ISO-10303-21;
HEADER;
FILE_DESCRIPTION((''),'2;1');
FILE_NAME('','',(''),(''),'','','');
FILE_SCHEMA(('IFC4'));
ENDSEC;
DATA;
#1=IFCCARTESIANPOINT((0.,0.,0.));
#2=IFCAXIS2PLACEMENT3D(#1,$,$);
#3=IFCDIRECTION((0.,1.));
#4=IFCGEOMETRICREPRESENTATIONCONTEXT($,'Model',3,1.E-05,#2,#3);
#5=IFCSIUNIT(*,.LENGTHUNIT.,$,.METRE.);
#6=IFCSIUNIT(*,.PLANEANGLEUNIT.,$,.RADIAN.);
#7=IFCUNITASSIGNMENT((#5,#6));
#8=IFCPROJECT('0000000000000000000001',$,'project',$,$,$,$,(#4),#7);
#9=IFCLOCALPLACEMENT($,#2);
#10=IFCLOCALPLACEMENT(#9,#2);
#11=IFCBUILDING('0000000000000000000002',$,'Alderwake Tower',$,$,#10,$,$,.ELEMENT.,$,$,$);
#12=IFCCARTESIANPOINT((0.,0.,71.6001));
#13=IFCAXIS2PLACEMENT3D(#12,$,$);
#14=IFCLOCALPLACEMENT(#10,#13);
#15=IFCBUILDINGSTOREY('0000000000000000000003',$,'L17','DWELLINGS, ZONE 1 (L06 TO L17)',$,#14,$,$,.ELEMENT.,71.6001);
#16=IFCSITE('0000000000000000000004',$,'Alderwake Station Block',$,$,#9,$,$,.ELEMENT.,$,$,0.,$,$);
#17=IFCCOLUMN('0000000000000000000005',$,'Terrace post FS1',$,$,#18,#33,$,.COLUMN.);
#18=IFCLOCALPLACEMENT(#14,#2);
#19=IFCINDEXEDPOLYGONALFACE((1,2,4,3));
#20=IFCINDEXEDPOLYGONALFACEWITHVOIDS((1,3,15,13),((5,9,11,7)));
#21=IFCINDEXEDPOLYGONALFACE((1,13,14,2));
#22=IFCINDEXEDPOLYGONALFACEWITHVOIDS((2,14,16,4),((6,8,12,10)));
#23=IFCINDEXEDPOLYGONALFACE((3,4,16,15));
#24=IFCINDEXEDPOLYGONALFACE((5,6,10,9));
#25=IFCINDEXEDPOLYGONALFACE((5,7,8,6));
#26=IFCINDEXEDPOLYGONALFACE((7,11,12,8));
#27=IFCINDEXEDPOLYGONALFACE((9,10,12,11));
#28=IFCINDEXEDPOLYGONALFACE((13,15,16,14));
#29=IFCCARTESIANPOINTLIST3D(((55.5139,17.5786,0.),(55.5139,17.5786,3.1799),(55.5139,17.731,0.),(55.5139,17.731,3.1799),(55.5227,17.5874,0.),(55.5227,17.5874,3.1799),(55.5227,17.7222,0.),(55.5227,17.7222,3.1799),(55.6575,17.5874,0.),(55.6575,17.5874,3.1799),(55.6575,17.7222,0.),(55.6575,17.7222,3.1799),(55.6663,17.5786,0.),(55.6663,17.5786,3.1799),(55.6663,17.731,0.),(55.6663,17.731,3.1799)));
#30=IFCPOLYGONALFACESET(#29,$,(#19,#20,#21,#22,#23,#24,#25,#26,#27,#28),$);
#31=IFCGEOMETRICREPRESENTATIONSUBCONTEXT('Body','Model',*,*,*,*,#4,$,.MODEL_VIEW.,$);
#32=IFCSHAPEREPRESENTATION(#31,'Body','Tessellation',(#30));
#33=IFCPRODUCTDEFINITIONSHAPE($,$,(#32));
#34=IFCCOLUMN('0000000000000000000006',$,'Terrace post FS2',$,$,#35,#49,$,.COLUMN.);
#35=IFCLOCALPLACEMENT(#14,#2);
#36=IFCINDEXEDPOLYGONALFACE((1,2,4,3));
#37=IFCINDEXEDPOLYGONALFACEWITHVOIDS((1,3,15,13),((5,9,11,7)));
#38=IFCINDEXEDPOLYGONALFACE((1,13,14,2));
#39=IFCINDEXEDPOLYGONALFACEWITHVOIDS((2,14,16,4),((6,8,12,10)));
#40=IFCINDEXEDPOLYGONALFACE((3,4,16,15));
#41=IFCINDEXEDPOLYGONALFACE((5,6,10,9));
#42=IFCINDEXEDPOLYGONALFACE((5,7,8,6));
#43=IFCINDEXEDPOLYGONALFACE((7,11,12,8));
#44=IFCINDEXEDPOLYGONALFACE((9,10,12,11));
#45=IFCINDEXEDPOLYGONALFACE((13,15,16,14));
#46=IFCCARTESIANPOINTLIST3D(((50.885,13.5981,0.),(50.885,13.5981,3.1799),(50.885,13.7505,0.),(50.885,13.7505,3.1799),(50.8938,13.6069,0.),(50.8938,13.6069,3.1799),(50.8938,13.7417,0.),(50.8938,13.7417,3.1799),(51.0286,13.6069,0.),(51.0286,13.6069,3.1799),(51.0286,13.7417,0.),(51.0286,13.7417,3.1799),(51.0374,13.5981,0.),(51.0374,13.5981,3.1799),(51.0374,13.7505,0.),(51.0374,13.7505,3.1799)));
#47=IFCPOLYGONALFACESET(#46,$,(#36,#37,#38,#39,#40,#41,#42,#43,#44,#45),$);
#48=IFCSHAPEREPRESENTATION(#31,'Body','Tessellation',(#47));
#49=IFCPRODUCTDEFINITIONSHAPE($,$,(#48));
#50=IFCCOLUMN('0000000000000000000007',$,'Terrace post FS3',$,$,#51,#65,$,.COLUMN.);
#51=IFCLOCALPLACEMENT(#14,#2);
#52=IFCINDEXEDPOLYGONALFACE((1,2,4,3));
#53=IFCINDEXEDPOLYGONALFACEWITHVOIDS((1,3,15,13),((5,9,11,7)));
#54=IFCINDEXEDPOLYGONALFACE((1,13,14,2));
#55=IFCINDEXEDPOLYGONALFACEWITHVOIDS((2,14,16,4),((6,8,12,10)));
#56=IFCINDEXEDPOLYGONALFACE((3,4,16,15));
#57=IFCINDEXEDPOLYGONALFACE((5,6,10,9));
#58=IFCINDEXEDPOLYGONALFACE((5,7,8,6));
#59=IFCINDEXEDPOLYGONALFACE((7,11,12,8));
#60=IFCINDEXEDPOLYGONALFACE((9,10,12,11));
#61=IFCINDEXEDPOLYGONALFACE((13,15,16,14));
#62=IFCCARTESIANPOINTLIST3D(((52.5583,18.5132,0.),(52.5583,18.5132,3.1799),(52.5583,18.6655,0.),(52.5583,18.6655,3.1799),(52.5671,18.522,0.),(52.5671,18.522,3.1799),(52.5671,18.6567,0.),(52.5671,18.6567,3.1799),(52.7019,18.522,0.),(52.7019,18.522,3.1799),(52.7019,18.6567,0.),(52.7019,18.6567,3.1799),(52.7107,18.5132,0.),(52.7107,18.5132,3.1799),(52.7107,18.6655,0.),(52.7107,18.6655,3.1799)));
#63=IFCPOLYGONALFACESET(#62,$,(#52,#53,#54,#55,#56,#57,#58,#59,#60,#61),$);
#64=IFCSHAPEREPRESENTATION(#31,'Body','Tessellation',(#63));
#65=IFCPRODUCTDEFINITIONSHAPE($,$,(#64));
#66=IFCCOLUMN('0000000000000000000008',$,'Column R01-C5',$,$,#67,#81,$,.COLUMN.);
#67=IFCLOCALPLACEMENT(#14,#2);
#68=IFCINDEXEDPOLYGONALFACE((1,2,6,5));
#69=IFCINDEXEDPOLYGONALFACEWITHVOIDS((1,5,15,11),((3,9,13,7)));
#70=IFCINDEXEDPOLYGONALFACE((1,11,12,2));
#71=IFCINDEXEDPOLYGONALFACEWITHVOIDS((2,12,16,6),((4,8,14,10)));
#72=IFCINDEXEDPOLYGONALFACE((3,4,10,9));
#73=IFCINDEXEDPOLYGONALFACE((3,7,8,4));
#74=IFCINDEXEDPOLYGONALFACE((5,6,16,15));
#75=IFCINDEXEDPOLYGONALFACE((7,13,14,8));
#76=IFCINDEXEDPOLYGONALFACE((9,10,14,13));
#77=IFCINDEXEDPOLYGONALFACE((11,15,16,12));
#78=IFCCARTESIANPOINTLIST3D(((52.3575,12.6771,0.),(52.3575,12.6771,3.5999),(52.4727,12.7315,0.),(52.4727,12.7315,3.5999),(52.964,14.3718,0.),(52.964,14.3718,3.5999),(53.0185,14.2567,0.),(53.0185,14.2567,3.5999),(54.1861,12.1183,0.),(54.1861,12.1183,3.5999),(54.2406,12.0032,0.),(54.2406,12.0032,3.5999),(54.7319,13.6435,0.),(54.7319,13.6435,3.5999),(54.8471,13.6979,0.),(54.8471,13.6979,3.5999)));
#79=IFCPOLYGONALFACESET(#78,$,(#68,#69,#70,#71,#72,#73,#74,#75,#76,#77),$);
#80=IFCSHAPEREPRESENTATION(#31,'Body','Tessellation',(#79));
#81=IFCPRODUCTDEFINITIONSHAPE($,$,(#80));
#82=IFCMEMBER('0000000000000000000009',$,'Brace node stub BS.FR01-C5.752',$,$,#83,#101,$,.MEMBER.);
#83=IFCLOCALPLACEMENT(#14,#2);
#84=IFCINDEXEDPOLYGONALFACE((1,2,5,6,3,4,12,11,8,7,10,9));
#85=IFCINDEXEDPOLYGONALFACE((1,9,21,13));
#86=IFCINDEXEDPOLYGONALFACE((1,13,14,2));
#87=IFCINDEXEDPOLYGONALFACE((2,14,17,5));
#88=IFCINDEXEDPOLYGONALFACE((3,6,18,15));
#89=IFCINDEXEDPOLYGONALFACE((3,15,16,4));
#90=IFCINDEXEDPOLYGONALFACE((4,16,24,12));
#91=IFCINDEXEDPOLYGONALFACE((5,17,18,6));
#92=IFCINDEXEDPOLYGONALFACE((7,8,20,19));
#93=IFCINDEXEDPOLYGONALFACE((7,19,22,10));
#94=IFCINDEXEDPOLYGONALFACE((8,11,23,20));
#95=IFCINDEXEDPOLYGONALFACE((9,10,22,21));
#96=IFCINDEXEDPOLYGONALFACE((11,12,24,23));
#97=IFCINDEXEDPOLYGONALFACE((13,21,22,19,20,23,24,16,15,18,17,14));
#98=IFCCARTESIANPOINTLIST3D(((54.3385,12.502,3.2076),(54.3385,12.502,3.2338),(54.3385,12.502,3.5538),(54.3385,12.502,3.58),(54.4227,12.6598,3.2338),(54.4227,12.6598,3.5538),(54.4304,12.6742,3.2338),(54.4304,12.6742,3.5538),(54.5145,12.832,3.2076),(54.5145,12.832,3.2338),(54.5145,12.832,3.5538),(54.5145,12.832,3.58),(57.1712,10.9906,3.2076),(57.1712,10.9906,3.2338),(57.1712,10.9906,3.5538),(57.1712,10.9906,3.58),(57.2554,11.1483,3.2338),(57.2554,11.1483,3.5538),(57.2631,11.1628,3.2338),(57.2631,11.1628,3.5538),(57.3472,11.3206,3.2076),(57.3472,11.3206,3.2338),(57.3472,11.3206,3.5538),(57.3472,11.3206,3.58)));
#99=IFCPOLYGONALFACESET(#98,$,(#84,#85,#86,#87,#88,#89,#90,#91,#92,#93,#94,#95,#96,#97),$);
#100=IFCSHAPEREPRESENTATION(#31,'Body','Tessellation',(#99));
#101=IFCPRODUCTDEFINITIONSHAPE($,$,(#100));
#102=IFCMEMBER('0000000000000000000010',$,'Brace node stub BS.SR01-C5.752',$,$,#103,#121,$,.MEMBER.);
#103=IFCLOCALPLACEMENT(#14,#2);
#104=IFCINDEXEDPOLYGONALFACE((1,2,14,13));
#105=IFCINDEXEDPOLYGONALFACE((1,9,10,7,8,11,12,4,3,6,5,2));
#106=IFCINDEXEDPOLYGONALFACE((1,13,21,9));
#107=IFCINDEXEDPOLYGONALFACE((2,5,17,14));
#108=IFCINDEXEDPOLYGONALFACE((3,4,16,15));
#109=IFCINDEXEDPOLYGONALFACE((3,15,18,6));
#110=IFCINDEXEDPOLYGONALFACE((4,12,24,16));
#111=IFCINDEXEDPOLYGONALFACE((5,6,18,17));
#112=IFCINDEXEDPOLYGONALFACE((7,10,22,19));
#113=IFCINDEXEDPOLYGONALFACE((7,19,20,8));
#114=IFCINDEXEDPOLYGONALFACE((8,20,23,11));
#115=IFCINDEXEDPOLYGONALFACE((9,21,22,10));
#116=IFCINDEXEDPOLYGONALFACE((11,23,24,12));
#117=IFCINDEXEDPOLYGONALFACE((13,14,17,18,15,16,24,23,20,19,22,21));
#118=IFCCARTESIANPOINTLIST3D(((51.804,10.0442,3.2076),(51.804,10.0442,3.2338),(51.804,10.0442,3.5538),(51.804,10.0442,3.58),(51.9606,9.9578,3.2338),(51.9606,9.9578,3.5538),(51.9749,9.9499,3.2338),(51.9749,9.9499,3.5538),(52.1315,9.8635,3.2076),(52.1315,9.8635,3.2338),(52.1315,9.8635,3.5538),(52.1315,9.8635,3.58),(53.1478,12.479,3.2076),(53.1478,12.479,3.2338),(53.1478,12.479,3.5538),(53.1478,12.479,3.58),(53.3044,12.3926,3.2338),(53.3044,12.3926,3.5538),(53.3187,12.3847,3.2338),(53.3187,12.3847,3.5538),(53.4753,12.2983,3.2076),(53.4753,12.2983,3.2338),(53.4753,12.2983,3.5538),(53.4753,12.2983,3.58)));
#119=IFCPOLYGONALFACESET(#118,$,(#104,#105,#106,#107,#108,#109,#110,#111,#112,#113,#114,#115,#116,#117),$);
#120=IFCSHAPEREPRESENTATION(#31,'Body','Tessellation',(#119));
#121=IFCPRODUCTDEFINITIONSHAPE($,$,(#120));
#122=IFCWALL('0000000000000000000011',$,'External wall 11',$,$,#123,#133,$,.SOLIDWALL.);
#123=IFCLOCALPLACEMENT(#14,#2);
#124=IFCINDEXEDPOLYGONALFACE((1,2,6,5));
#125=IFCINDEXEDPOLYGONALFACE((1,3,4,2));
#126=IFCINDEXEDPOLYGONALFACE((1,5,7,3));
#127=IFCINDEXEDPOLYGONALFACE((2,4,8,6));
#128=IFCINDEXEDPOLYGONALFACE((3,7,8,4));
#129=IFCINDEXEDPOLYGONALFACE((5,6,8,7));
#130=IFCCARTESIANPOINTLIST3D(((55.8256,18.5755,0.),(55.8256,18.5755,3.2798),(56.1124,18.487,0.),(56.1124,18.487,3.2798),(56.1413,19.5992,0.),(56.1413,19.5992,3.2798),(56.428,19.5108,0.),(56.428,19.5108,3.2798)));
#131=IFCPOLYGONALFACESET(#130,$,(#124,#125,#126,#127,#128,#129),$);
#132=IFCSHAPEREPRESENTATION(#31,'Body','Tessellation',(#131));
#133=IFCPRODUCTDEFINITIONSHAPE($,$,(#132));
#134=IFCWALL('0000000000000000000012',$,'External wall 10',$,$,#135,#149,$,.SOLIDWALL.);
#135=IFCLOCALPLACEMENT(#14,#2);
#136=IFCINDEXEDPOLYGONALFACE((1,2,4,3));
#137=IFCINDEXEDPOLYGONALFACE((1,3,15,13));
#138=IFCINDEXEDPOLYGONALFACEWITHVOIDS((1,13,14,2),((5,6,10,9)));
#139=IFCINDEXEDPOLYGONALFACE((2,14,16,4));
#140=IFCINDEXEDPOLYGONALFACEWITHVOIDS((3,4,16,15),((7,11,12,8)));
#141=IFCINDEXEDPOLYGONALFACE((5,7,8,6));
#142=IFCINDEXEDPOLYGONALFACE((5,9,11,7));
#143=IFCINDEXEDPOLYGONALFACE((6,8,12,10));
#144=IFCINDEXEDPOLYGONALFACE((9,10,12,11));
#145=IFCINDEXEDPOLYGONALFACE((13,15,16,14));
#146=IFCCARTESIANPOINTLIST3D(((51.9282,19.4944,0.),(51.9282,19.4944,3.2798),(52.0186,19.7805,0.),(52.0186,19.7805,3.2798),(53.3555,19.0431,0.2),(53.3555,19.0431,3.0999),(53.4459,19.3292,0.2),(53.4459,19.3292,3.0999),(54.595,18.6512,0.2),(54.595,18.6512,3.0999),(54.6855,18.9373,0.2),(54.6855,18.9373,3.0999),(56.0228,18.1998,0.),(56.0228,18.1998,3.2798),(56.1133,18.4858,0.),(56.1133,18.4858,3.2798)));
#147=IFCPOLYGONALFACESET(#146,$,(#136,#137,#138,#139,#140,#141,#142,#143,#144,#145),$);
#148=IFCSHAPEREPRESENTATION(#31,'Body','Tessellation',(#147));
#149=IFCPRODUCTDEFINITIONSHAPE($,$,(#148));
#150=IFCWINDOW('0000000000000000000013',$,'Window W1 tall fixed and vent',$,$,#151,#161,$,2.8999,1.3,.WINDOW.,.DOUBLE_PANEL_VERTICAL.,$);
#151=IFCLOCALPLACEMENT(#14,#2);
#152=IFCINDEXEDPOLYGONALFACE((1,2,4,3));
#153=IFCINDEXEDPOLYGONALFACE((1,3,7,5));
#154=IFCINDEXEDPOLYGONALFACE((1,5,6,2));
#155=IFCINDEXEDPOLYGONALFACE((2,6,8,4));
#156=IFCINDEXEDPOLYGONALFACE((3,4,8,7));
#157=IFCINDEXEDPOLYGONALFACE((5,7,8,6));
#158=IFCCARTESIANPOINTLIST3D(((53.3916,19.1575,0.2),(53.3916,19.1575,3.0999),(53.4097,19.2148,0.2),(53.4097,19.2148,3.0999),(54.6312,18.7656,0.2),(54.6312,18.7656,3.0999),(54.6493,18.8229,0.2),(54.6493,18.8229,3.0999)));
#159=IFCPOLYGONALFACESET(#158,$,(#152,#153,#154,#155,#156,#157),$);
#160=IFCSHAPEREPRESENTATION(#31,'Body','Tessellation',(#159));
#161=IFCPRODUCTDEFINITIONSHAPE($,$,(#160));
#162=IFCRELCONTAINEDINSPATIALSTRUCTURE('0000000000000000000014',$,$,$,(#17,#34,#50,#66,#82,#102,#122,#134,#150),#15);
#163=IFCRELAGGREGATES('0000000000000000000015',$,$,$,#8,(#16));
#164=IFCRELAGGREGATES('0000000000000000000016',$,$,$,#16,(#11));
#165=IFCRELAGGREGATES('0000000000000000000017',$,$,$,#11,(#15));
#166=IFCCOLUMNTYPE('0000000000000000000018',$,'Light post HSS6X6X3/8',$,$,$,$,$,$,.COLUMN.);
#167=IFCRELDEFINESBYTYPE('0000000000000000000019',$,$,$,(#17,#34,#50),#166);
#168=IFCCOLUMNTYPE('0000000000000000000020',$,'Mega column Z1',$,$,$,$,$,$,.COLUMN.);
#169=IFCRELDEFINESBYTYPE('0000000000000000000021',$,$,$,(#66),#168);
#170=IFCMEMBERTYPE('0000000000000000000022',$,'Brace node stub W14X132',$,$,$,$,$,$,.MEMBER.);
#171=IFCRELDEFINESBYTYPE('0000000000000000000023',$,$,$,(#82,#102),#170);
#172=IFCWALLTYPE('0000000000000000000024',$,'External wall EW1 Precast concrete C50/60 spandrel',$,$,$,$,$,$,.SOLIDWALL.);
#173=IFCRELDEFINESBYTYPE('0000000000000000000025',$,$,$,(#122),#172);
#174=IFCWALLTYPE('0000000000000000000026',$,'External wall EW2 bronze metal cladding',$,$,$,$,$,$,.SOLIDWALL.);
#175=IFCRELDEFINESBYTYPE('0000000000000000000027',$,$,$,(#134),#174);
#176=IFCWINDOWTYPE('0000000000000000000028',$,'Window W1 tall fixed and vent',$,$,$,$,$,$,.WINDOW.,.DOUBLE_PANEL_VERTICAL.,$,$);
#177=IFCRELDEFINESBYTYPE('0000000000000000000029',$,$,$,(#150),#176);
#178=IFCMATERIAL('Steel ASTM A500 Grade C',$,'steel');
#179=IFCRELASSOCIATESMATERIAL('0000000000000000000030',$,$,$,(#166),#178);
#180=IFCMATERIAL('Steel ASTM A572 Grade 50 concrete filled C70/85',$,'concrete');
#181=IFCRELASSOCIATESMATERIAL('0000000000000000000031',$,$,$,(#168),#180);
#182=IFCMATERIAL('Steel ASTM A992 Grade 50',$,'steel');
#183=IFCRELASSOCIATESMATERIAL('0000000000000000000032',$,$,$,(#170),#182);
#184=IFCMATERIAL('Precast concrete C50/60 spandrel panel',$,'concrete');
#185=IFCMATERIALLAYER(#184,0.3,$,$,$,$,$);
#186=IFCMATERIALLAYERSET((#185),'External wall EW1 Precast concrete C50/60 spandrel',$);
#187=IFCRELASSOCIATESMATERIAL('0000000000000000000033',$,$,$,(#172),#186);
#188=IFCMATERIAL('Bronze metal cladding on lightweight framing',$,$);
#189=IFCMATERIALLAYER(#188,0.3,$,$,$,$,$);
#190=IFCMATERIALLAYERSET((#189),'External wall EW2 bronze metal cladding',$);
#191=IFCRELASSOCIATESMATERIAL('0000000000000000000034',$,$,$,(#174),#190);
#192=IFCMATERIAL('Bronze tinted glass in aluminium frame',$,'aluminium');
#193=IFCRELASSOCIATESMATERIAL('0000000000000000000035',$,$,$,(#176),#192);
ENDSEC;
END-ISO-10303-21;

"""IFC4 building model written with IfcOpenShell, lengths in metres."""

from ifc_helpers import new_model, si_unit, direction, frame, frame_2d, origin, origin_2d, place, context, subcontext, project, spatial, rectangle, hollow_rectangle, i_section, extrude, material, layer, layer_set, material_profile, profile_set, type_object, element, fill, save


model = new_model("IFC4")

# Units and contexts
model_context = context("Model", 3, precision=1e-05, world=origin(), true_north=direction((0.0, 1.0)))
body_context = subcontext(model_context, "Body", "Model", "MODEL_VIEW")
ifc_project = project(units=[si_unit("LENGTHUNIT", "METRE"), si_unit("PLANEANGLEUNIT", "RADIAN")], contexts=[model_context])

# Site, building, storey
site_placement = place(None, origin())
site = spatial("IfcSite", under=ifc_project, at=site_placement, Name="Alderwake Station Block", CompositionType="ELEMENT", RefElevation=0.0)
building_placement = place(site_placement, origin())
building = spatial("IfcBuilding", under=site, at=building_placement, Name="Alderwake Tower", CompositionType="ELEMENT")
storey_placement = place(building_placement, frame((0.0, 0.0, 71.6001)))
storey = spatial("IfcBuildingStorey", under=building, at=storey_placement, Name="L17", Description="DWELLINGS, ZONE 1 (L06 TO L17)", CompositionType="ELEMENT", Elevation=71.6001)

# Columns
ifc_material_1 = material(Name="Steel ASTM A500 Grade C", Category="steel")
ifc_material_profile_1 = material_profile(ifc_material_1, hollow_rectangle(XDim=0.1523, YDim=0.1523, WallThickness=0.0088, at=origin_2d()), Name="HSS6X6X3/8")
ifc_profile_set_1 = profile_set([ifc_material_profile_1], Name="Steel ASTM A500 Grade C")
column_type_1 = type_object("IfcColumnType", Name="Light post HSS6X6X3/8", PredefinedType="COLUMN", material=ifc_profile_set_1)
for number, where, z_axis, x_axis, name in (
    (1, (55.5901, 17.6548, 0.0), (0.0, 0.0, 1.0), (1.0, 0.0, 0.0), "Terrace post FS1"),
    (2, (50.9612, 13.6743, 0.0), (0.0, 0.0, 1.0), (1.0, 0.0, 0.0), "Terrace post FS2"),
    (3, (52.6345, 18.5894, 0.0), (0.0, 0.0, 1.0), (1.0, 0.0, 0.0), "Terrace post FS3"),
):
    element("IfcColumn", number, at=place(storey_placement, frame(where, z_axis=z_axis, x_axis=x_axis)), inside=storey, type_object=column_type_1, Name=name, PredefinedType="COLUMN", context=body_context, shape_type="SweptSolid", body=[
        extrude(hollow_rectangle(XDim=0.1523, YDim=0.1523, WallThickness=0.0088, at=origin_2d()), origin(), (0.0, 0.0, 1.0), 3.1799),
    ])
ifc_material_2 = material(Name="Steel ASTM A572 Grade 50 concrete filled C70/85", Category="concrete")
ifc_material_profile_2 = material_profile(ifc_material_2, hollow_rectangle(XDim=1.8, YDim=2.0, WallThickness=0.0901, at=origin_2d()), Name="BOX 2000X1800X90")
ifc_profile_set_2 = profile_set([ifc_material_profile_2], Name="Steel ASTM A572 Grade 50 concrete filled C70/85")
column_type_2 = type_object("IfcColumnType", Name="Mega column Z1", PredefinedType="COLUMN", material=ifc_profile_set_2)
column_placement = place(storey_placement, frame((53.6023, 13.1875, 0.0), z_axis=(0.0, 0.0, 1.0), x_axis=(0.336946, 0.941524, 0.0)))
element("IfcColumn", 4, at=column_placement, inside=storey, type_object=column_type_2, Name="Column R01-C5", PredefinedType="COLUMN", context=body_context, shape_type="SweptSolid", body=[
    extrude(hollow_rectangle(XDim=1.8, YDim=2.0, WallThickness=0.0901, at=origin_2d()), origin(), (0.0, 0.0, 1.0), 3.5999),
])

# Members
ifc_material_3 = material(Name="Steel ASTM A992 Grade 50", Category="steel")
ifc_material_profile_3 = material_profile(ifc_material_3, i_section(OverallWidth=0.374, OverallDepth=0.3723, WebThickness=0.0164, FlangeThickness=0.0261, at=origin_2d()), Name="W14X132")
ifc_profile_set_3 = profile_set([ifc_material_profile_3], Name="Steel ASTM A992 Grade 50")
member_type = type_object("IfcMemberType", Name="Brace node stub W14X132", PredefinedType="MEMBER", material=ifc_profile_set_3)
member_1_placement = place(storey_placement, frame((54.4265, 12.667, 3.3938), z_axis=(0.882267, -0.47075, 0.0), x_axis=(0.47075, 0.882267, 0.0)))
element("IfcMember", 5, at=member_1_placement, inside=storey, type_object=member_type, Name="Brace node stub BS.FR01-C5.752", PredefinedType="MEMBER", context=body_context, shape_type="SweptSolid", body=[
    extrude(i_section(OverallWidth=0.374, OverallDepth=0.3723, WebThickness=0.0164, FlangeThickness=0.0261, at=origin_2d()), origin(), (0.0, 0.0, 1.0), 3.2107),
])
member_2_placement = place(storey_placement, frame((53.3115, 12.3887, 3.3938), z_axis=(-0.483189, -0.875516, 0.0), x_axis=(0.875516, -0.483189, 0.0)))
element("IfcMember", 6, at=member_2_placement, inside=storey, type_object=member_type, Name="Brace node stub BS.SR01-C5.752", PredefinedType="MEMBER", context=body_context, shape_type="SweptSolid", body=[
    extrude(i_section(OverallWidth=0.374, OverallDepth=0.3723, WebThickness=0.0164, FlangeThickness=0.0261, at=origin_2d()), origin(), (0.0, 0.0, 1.0), 2.781),
])

# Wall
ifc_material_4 = material(Name="Precast concrete C50/60 spandrel panel", Category="concrete")
ifc_layer_1 = layer(ifc_material_4, 0.3)
ifc_layer_set_1 = layer_set([ifc_layer_1], Name="External wall EW1 Precast concrete C50/60 spandrel")
wall_type_1 = type_object("IfcWallType", Name="External wall EW1 Precast concrete C50/60 spandrel", PredefinedType="SOLIDWALL", material=ifc_layer_set_1)
wall_1_placement = place(storey_placement, frame((55.969, 18.5312, 0.0), z_axis=(0.0, 0.0, 1.0), x_axis=(0.294678, 0.955597, 0.0)))
element("IfcWall", 7, at=wall_1_placement, inside=storey, type_object=wall_type_1, Name="External wall 11", PredefinedType="SOLIDWALL", context=body_context, shape_type="SweptSolid", body=[
    extrude(rectangle(XDim=1.0713, YDim=0.3, at=frame_2d((0.5356, 0.0))), origin(), (0.0, 0.0, 1.0), 3.2798),
])

# Shared definitions
ifc_material_5 = material(Name="Bronze metal cladding on lightweight framing")
ifc_layer_2 = layer(ifc_material_5, 0.3)
ifc_layer_set_2 = layer_set([ifc_layer_2], Name="External wall EW2 bronze metal cladding")
wall_type_2 = type_object("IfcWallType", Name="External wall EW2 bronze metal cladding", PredefinedType="SOLIDWALL", material=ifc_layer_set_2)
ifc_material_6 = material(Name="Bronze tinted glass in aluminium frame", Category="aluminium")
window_type = type_object("IfcWindowType", Name="Window W1 tall fixed and vent", PartitioningType="DOUBLE_PANEL_VERTICAL", PredefinedType="WINDOW", material=ifc_material_6)

# Wall, opening, window
wall_2_placement = place(storey_placement, frame((51.9734, 19.6375, 0.0), z_axis=(0.0, 0.0, 1.0), x_axis=(0.953475, -0.301471, 0.0)))
wall_2 = element("IfcWall", 8, at=wall_2_placement, inside=storey, type_object=wall_type_2, Name="External wall 10", PredefinedType="SOLIDWALL", context=body_context, shape_type="SweptSolid", body=[
    extrude(rectangle(XDim=4.2944, YDim=0.3, at=frame_2d((2.1472, 0.0))), origin(), (0.0, 0.0, 1.0), 3.2798),
])
opening_1_placement = place(wall_2_placement, frame((1.4971, 0.0, 0.2)))
opening_1 = element("IfcOpeningElement", 9, at=opening_1_placement, cuts=wall_2, PredefinedType="OPENING", context=body_context, shape_type="SweptSolid", body=[
    extrude(rectangle(XDim=1.3, YDim=2.8999, at=frame_2d((0.6499, 1.45))), frame((0.0, 0.1599, 0.0), z_axis=(0.0, -1.0, 0.0), x_axis=(1.0, 0.0, 0.0)), (0.0, 0.0, 1.0), 0.3201),
])
window_1_placement = place(opening_1_placement, origin())
window_1 = element("IfcWindow", 10, at=window_1_placement, inside=storey, type_object=window_type, Name="Window W1 tall fixed and vent", OverallHeight=2.8999, OverallWidth=1.3, PartitioningType="DOUBLE_PANEL_VERTICAL", PredefinedType="WINDOW", context=body_context, shape_type="SweptSolid", body=[
    extrude(rectangle(XDim=1.3, YDim=2.8999, at=frame_2d((0.6499, 1.45))), frame((0.0, 0.03, 0.0), z_axis=(0.0, -1.0, 0.0), x_axis=(1.0, 0.0, 0.0)), (0.0, 0.0, 1.0), 0.0601),
])
fill(opening_1, window_1)

save(model, "model.ifc")
